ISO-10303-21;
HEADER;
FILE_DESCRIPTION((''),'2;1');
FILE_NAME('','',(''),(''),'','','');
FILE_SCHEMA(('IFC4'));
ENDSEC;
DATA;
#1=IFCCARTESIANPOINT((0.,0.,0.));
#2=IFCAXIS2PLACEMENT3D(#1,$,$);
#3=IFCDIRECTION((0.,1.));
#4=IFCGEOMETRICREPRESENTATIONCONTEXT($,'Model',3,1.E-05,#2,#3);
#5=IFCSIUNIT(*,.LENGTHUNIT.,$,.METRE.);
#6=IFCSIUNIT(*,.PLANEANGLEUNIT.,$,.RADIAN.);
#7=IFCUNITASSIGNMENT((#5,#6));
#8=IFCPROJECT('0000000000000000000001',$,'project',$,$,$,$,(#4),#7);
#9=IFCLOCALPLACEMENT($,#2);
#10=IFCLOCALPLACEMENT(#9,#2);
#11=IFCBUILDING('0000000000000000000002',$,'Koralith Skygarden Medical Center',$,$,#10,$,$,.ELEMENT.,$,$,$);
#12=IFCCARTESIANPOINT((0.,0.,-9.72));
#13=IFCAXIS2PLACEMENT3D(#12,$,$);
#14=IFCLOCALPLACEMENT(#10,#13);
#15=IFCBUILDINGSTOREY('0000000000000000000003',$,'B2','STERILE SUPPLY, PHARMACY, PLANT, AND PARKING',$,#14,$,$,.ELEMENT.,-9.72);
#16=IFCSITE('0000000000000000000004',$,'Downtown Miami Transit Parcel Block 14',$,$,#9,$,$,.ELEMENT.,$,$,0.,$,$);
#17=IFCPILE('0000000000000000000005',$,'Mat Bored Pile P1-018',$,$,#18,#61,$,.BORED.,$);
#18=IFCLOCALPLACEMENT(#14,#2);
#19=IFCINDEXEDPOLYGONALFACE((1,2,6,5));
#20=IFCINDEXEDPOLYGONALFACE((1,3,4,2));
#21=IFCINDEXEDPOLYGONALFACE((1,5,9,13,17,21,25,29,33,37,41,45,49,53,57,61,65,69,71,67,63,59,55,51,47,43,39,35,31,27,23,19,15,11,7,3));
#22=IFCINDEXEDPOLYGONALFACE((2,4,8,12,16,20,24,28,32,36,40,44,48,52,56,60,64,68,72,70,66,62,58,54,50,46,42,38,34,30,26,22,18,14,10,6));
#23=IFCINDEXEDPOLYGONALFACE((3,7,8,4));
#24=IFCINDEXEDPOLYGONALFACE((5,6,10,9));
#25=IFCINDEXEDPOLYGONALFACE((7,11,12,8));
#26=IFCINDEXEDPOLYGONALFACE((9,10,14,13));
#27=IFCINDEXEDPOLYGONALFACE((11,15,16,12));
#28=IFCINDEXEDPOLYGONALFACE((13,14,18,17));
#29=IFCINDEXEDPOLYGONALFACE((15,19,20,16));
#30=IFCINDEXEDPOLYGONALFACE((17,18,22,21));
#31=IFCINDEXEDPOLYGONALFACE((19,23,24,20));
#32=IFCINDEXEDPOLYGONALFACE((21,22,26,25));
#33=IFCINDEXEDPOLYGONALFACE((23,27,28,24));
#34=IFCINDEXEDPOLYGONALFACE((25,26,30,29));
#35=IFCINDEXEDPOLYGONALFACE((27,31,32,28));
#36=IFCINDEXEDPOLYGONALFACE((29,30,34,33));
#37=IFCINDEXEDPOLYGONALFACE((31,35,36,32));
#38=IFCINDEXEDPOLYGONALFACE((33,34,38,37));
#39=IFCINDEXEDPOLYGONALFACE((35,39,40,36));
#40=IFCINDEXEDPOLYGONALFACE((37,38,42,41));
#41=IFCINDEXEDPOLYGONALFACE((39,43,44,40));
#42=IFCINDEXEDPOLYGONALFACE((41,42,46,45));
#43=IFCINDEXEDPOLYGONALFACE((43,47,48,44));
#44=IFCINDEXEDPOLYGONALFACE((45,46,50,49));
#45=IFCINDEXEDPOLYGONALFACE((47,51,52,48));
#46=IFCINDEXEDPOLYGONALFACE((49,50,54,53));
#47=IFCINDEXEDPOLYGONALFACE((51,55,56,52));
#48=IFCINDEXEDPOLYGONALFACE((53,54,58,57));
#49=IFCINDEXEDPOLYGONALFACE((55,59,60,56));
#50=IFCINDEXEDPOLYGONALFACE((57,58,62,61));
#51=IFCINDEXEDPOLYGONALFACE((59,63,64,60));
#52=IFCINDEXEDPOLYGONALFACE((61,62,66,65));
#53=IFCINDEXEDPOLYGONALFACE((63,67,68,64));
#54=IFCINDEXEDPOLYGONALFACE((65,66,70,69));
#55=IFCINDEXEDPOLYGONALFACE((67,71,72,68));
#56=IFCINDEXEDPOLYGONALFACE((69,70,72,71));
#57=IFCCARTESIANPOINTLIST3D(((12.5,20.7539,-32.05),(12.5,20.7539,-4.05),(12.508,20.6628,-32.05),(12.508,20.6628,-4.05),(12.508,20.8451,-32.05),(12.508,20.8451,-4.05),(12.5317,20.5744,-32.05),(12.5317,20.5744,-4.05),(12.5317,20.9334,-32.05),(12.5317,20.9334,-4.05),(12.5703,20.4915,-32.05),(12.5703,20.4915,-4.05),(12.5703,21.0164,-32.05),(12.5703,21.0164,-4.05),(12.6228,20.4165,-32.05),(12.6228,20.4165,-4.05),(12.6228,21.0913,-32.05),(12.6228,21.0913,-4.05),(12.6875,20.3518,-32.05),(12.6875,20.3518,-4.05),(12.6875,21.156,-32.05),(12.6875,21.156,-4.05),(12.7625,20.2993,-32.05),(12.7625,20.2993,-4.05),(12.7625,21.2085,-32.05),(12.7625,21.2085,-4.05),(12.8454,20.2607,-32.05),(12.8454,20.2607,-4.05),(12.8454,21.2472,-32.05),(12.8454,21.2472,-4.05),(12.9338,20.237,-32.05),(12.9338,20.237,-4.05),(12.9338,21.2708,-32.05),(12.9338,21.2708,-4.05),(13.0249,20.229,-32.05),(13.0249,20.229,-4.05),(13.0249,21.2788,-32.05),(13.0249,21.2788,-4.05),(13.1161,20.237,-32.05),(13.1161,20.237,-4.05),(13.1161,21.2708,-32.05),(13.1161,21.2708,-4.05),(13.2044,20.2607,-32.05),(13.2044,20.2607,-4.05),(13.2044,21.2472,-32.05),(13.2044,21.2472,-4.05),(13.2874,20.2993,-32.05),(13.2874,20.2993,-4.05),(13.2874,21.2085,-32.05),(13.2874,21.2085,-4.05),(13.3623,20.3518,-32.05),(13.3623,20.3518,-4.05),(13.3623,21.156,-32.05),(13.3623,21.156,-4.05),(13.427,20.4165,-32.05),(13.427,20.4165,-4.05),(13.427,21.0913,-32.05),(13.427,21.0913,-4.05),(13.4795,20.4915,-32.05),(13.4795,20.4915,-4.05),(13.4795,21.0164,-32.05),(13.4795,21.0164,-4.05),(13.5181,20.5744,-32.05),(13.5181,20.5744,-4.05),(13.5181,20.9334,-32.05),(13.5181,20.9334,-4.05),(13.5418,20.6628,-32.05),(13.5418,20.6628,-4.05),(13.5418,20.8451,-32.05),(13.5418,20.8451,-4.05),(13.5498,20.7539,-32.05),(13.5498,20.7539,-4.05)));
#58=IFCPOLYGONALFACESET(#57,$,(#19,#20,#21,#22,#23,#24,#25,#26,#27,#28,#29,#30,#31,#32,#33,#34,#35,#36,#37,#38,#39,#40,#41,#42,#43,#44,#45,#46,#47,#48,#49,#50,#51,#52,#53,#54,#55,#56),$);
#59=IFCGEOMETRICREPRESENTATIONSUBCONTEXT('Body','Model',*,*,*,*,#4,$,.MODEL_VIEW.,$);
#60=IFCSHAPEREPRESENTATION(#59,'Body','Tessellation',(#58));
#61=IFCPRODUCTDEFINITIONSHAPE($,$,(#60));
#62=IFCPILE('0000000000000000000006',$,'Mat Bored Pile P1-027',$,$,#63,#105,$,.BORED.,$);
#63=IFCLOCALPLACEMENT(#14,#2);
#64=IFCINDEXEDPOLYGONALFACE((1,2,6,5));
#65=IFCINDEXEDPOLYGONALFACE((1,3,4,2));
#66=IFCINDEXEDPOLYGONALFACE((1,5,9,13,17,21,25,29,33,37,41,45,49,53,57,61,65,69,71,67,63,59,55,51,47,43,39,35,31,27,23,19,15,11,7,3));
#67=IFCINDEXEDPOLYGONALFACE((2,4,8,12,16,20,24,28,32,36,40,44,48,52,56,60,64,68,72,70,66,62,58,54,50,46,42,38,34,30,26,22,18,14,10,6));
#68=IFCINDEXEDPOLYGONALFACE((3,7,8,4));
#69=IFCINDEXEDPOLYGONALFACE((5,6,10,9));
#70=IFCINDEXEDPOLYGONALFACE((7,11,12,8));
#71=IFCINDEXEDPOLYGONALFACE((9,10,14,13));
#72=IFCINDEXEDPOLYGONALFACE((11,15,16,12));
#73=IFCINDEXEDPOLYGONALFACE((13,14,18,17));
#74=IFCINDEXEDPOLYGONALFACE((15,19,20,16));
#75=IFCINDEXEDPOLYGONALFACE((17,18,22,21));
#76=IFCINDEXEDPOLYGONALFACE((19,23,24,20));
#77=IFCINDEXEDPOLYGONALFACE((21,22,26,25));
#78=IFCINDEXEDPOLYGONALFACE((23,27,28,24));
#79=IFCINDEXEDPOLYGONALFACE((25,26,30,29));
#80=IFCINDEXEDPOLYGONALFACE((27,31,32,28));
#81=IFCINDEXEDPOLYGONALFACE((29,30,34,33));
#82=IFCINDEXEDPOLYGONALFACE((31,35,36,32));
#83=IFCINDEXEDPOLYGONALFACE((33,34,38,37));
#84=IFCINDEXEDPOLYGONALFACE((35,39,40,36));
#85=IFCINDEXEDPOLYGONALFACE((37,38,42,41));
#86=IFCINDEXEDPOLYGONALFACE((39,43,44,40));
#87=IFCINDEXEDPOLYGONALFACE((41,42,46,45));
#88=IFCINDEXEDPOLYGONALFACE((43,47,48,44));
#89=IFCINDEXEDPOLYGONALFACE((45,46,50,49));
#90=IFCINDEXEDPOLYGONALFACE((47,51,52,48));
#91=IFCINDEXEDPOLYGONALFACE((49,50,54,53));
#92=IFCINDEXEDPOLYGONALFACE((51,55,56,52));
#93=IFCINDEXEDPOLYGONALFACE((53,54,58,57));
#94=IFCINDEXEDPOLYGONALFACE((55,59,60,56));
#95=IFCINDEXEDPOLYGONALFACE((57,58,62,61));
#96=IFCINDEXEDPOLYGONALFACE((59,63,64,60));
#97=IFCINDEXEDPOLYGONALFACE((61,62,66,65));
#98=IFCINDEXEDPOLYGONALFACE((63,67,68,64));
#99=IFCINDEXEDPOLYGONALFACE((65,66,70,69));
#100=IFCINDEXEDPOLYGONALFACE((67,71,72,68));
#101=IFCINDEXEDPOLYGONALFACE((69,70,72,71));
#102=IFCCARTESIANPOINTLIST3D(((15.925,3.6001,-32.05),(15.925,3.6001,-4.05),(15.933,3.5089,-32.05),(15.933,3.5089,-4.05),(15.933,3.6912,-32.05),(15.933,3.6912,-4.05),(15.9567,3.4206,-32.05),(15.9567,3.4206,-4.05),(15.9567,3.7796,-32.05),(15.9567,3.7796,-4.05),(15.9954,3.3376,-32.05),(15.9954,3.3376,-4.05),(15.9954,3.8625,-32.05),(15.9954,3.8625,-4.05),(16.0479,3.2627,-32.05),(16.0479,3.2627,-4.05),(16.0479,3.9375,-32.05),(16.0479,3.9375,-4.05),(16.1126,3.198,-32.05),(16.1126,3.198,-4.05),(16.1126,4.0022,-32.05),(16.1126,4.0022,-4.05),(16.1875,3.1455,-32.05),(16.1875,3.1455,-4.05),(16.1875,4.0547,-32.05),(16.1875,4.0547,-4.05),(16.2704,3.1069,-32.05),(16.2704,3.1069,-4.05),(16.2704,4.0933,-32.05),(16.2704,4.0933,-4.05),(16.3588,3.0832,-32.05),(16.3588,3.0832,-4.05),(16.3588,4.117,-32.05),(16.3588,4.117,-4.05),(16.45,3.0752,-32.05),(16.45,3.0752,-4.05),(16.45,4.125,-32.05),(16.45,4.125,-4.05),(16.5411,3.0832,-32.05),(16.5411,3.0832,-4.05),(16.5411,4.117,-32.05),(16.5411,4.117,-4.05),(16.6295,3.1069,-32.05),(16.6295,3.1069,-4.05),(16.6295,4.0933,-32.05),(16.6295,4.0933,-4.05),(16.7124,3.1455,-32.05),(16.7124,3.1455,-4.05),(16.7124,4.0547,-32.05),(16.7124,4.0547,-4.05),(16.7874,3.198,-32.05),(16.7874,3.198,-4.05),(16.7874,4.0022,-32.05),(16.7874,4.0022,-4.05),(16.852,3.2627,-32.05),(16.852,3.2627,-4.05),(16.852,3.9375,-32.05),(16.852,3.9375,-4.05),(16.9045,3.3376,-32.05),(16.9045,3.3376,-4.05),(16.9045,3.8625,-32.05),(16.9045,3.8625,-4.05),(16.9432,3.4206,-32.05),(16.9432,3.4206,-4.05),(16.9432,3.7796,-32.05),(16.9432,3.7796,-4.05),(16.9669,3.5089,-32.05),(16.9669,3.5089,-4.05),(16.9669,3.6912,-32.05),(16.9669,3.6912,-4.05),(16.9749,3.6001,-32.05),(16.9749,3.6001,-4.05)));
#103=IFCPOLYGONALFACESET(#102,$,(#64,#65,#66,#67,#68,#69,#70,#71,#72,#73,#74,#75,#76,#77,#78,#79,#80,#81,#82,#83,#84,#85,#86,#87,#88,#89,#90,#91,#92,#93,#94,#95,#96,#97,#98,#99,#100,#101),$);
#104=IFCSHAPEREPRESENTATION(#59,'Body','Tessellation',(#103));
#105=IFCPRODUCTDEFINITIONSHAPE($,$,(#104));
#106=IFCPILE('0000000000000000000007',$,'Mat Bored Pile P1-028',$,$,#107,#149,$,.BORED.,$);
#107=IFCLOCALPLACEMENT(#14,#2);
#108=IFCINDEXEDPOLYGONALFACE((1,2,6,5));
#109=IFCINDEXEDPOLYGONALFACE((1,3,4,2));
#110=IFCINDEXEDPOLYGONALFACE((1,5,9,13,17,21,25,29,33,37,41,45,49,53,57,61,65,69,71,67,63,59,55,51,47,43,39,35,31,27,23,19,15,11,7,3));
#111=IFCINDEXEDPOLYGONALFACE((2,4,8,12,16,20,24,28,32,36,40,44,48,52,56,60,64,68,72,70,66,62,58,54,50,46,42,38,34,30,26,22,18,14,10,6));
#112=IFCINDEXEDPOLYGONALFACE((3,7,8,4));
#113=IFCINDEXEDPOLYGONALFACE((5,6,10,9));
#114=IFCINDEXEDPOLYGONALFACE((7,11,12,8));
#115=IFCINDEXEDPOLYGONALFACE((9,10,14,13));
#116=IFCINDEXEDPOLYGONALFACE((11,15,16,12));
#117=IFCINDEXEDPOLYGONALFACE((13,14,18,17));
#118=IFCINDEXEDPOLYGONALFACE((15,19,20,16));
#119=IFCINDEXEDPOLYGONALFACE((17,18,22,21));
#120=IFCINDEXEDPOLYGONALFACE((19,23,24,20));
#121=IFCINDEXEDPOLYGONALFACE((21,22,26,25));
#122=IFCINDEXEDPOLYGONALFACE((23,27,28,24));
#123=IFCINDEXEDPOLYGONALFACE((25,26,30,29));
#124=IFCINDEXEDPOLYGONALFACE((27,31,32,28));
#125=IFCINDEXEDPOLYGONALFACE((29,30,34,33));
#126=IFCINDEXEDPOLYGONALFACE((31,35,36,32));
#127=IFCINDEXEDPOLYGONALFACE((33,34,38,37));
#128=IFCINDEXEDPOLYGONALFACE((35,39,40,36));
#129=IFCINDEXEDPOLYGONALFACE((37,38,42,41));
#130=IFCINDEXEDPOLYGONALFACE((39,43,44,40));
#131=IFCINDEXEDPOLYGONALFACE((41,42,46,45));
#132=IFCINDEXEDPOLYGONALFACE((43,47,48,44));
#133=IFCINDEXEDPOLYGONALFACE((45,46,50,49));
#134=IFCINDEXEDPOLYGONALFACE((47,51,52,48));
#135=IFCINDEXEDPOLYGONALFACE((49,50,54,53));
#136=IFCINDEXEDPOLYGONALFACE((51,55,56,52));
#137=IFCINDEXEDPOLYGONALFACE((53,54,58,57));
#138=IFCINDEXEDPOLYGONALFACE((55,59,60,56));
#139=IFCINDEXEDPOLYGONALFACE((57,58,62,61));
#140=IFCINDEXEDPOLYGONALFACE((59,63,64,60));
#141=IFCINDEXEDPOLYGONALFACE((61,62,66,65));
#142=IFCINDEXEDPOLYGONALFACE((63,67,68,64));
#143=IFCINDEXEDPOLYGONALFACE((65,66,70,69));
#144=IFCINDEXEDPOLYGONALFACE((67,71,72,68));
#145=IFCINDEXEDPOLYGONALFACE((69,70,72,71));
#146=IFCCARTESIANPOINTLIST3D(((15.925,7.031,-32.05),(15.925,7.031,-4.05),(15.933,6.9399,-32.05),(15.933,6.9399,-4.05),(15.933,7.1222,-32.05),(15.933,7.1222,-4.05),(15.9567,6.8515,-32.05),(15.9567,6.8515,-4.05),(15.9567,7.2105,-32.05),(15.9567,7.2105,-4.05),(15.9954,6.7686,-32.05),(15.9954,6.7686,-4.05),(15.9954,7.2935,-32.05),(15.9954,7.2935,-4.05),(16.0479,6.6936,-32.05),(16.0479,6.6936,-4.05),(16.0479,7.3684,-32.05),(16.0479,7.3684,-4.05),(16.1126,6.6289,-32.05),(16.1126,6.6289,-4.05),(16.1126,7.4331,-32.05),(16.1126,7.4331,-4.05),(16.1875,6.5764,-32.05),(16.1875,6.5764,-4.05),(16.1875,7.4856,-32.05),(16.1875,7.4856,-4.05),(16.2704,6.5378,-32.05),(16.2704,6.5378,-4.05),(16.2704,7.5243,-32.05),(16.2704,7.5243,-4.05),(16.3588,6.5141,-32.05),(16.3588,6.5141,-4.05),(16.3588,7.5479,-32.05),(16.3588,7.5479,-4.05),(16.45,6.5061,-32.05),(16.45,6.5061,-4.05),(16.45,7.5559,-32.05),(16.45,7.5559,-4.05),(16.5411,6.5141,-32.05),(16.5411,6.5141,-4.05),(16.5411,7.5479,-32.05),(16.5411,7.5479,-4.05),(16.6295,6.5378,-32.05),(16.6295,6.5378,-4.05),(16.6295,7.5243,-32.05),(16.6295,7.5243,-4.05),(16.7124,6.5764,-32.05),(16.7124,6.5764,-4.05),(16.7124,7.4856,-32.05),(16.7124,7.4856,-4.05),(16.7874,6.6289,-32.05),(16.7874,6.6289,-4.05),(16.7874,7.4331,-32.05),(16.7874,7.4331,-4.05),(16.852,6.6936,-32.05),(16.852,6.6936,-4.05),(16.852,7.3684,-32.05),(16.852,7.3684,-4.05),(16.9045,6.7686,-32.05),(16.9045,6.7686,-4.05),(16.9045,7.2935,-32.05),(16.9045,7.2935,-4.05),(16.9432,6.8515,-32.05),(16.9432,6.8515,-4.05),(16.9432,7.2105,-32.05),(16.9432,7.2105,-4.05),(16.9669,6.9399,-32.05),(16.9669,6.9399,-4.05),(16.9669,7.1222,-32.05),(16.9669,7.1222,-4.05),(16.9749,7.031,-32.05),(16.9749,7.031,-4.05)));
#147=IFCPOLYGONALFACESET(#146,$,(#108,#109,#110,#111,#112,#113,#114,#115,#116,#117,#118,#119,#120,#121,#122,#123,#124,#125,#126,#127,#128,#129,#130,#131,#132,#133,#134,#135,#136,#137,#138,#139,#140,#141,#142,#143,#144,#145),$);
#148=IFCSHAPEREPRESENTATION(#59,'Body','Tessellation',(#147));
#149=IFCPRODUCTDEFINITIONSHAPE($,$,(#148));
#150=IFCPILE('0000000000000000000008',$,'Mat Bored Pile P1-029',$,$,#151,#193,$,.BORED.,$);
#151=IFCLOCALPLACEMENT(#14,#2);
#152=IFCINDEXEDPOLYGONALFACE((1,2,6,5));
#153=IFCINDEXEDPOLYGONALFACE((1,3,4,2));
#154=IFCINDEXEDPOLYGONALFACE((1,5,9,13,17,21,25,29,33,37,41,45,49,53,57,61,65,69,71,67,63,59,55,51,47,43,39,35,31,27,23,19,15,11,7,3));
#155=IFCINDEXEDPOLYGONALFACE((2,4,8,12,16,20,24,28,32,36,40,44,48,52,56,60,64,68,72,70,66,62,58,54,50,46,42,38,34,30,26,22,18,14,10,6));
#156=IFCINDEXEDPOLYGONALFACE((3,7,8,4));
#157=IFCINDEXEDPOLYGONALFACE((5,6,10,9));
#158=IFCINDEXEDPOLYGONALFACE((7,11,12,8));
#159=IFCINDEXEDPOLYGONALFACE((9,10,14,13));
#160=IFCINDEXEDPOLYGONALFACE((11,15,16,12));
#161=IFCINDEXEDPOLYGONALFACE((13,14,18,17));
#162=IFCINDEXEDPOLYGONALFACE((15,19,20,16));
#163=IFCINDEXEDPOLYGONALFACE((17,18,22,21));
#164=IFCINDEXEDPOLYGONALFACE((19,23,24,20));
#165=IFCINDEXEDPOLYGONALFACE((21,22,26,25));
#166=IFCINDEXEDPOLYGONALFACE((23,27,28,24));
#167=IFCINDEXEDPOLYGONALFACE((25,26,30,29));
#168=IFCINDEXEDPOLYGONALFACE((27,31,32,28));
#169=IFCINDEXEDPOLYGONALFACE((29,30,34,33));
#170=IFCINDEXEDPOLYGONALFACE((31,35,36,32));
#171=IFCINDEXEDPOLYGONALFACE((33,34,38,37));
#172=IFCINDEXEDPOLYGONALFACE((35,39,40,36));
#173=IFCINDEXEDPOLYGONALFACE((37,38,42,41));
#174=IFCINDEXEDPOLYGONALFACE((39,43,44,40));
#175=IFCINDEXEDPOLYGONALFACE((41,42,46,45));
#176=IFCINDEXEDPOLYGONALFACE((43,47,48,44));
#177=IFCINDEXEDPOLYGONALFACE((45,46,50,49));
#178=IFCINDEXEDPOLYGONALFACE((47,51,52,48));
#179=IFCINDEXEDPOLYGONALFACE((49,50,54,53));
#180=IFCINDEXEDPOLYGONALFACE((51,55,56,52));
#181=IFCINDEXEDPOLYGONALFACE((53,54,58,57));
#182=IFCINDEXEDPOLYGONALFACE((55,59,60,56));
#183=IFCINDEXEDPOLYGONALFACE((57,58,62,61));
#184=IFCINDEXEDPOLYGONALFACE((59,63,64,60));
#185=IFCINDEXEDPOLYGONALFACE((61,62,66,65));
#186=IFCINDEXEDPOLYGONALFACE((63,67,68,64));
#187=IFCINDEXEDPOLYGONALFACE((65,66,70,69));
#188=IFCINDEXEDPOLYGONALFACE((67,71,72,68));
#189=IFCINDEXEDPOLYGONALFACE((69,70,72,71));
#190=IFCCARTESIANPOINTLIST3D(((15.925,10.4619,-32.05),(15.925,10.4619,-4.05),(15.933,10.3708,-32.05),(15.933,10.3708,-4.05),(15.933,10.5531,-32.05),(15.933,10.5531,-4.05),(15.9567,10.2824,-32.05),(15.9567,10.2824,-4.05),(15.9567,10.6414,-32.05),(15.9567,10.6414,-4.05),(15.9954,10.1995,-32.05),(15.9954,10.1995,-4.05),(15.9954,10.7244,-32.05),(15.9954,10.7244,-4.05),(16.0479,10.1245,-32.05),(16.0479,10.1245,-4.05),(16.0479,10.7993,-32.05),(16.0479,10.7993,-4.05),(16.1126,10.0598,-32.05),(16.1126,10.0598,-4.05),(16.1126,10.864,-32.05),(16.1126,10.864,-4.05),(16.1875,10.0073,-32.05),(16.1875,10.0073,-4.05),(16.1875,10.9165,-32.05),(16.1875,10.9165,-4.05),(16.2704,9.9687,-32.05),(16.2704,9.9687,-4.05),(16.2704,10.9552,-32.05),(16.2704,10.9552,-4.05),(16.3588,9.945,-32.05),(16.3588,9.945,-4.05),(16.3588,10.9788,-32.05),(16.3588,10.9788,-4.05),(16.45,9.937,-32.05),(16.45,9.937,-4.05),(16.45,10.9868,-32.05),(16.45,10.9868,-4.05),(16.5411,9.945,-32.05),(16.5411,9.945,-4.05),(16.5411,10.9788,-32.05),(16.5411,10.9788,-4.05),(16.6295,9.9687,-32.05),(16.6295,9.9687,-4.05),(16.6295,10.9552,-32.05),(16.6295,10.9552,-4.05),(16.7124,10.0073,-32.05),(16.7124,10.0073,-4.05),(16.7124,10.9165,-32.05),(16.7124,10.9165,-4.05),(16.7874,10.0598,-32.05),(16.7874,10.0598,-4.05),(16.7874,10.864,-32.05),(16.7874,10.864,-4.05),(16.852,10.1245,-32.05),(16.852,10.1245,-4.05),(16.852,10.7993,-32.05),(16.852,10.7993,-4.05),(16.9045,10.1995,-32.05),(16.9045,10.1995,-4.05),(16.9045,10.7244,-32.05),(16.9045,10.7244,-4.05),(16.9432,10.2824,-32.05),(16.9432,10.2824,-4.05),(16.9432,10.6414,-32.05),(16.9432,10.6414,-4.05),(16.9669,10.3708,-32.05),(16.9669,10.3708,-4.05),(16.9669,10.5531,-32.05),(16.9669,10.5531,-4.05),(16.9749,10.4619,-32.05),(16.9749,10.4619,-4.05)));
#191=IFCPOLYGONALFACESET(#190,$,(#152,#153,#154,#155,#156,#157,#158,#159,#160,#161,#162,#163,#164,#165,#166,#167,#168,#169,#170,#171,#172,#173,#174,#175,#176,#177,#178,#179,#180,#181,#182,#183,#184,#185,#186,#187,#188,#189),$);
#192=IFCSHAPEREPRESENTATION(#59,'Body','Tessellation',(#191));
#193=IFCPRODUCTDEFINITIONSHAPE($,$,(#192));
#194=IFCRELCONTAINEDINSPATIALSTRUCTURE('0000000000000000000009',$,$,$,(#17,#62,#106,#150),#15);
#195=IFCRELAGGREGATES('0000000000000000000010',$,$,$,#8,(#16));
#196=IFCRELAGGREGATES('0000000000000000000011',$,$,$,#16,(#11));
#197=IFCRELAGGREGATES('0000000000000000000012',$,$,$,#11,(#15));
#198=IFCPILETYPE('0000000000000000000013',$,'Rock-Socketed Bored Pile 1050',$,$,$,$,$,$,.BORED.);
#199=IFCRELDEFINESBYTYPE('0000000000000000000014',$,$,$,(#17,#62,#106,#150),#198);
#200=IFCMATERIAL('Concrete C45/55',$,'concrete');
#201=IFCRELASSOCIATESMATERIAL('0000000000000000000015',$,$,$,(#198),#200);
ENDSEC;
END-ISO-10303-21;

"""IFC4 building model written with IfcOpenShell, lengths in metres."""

from ifc_helpers import new_model, si_unit, direction, frame, origin, origin_2d, place, context, subcontext, project, spatial, circle, extrude, material, material_profile, profile_set, type_object, element, save


model = new_model("IFC4")

# Units and contexts
model_context = context("Model", 3, precision=1e-05, world=origin(), true_north=direction((0.0, 1.0)))
body_context = subcontext(model_context, "Body", "Model", "MODEL_VIEW")
ifc_project = project(units=[si_unit("LENGTHUNIT", "METRE"), si_unit("PLANEANGLEUNIT", "RADIAN")], contexts=[model_context])

# Site, building, storey
site_placement = place(None, origin())
site = spatial("IfcSite", under=ifc_project, at=site_placement, Name="Downtown Miami Transit Parcel Block 14", CompositionType="ELEMENT", RefElevation=0.0)
building_placement = place(site_placement, origin())
building = spatial("IfcBuilding", under=site, at=building_placement, Name="Koralith Skygarden Medical Center", CompositionType="ELEMENT")
storey_placement = place(building_placement, frame((0.0, 0.0, -9.72)))
storey = spatial("IfcBuildingStorey", under=building, at=storey_placement, Name="B2", Description="STERILE SUPPLY, PHARMACY, PLANT, AND PARKING", CompositionType="ELEMENT", Elevation=-9.72)

# Piles
ifc_material_1 = material(Name="Concrete C45/55", Category="concrete")
ifc_material_profile_1 = material_profile(ifc_material_1, circle(Radius=0.5249, at=origin_2d()), Name="PILE1050")
ifc_profile_set_1 = profile_set([ifc_material_profile_1], Name="Concrete C45/55")
pile_type = type_object("IfcPileType", Name="Rock-Socketed Bored Pile 1050", PredefinedType="BORED", material=ifc_profile_set_1)
for number, where, z_axis, x_axis, name in (
    (1, (13.0249, 20.7539, -4.05), (0.0, 0.0, -1.0), (1.0, 0.0, 0.0), "Mat Bored Pile P1-018"),
    (2, (16.45, 3.6001, -4.05), (0.0, 0.0, -1.0), (1.0, 0.0, 0.0), "Mat Bored Pile P1-027"),
    (3, (16.45, 7.031, -4.05), (0.0, 0.0, -1.0), (1.0, 0.0, 0.0), "Mat Bored Pile P1-028"),
    (4, (16.45, 10.4619, -4.05), (0.0, 0.0, -1.0), (1.0, 0.0, 0.0), "Mat Bored Pile P1-029"),
):
    element("IfcPile", number, at=place(storey_placement, frame(where, z_axis=z_axis, x_axis=x_axis)), inside=storey, type_object=pile_type, Name=name, PredefinedType="BORED", context=body_context, shape_type="SweptSolid", body=[
        extrude(circle(Radius=0.5249, at=origin_2d()), origin(), (0.0, 0.0, 1.0), 28.0),
    ])

save(model, "model.ifc")
